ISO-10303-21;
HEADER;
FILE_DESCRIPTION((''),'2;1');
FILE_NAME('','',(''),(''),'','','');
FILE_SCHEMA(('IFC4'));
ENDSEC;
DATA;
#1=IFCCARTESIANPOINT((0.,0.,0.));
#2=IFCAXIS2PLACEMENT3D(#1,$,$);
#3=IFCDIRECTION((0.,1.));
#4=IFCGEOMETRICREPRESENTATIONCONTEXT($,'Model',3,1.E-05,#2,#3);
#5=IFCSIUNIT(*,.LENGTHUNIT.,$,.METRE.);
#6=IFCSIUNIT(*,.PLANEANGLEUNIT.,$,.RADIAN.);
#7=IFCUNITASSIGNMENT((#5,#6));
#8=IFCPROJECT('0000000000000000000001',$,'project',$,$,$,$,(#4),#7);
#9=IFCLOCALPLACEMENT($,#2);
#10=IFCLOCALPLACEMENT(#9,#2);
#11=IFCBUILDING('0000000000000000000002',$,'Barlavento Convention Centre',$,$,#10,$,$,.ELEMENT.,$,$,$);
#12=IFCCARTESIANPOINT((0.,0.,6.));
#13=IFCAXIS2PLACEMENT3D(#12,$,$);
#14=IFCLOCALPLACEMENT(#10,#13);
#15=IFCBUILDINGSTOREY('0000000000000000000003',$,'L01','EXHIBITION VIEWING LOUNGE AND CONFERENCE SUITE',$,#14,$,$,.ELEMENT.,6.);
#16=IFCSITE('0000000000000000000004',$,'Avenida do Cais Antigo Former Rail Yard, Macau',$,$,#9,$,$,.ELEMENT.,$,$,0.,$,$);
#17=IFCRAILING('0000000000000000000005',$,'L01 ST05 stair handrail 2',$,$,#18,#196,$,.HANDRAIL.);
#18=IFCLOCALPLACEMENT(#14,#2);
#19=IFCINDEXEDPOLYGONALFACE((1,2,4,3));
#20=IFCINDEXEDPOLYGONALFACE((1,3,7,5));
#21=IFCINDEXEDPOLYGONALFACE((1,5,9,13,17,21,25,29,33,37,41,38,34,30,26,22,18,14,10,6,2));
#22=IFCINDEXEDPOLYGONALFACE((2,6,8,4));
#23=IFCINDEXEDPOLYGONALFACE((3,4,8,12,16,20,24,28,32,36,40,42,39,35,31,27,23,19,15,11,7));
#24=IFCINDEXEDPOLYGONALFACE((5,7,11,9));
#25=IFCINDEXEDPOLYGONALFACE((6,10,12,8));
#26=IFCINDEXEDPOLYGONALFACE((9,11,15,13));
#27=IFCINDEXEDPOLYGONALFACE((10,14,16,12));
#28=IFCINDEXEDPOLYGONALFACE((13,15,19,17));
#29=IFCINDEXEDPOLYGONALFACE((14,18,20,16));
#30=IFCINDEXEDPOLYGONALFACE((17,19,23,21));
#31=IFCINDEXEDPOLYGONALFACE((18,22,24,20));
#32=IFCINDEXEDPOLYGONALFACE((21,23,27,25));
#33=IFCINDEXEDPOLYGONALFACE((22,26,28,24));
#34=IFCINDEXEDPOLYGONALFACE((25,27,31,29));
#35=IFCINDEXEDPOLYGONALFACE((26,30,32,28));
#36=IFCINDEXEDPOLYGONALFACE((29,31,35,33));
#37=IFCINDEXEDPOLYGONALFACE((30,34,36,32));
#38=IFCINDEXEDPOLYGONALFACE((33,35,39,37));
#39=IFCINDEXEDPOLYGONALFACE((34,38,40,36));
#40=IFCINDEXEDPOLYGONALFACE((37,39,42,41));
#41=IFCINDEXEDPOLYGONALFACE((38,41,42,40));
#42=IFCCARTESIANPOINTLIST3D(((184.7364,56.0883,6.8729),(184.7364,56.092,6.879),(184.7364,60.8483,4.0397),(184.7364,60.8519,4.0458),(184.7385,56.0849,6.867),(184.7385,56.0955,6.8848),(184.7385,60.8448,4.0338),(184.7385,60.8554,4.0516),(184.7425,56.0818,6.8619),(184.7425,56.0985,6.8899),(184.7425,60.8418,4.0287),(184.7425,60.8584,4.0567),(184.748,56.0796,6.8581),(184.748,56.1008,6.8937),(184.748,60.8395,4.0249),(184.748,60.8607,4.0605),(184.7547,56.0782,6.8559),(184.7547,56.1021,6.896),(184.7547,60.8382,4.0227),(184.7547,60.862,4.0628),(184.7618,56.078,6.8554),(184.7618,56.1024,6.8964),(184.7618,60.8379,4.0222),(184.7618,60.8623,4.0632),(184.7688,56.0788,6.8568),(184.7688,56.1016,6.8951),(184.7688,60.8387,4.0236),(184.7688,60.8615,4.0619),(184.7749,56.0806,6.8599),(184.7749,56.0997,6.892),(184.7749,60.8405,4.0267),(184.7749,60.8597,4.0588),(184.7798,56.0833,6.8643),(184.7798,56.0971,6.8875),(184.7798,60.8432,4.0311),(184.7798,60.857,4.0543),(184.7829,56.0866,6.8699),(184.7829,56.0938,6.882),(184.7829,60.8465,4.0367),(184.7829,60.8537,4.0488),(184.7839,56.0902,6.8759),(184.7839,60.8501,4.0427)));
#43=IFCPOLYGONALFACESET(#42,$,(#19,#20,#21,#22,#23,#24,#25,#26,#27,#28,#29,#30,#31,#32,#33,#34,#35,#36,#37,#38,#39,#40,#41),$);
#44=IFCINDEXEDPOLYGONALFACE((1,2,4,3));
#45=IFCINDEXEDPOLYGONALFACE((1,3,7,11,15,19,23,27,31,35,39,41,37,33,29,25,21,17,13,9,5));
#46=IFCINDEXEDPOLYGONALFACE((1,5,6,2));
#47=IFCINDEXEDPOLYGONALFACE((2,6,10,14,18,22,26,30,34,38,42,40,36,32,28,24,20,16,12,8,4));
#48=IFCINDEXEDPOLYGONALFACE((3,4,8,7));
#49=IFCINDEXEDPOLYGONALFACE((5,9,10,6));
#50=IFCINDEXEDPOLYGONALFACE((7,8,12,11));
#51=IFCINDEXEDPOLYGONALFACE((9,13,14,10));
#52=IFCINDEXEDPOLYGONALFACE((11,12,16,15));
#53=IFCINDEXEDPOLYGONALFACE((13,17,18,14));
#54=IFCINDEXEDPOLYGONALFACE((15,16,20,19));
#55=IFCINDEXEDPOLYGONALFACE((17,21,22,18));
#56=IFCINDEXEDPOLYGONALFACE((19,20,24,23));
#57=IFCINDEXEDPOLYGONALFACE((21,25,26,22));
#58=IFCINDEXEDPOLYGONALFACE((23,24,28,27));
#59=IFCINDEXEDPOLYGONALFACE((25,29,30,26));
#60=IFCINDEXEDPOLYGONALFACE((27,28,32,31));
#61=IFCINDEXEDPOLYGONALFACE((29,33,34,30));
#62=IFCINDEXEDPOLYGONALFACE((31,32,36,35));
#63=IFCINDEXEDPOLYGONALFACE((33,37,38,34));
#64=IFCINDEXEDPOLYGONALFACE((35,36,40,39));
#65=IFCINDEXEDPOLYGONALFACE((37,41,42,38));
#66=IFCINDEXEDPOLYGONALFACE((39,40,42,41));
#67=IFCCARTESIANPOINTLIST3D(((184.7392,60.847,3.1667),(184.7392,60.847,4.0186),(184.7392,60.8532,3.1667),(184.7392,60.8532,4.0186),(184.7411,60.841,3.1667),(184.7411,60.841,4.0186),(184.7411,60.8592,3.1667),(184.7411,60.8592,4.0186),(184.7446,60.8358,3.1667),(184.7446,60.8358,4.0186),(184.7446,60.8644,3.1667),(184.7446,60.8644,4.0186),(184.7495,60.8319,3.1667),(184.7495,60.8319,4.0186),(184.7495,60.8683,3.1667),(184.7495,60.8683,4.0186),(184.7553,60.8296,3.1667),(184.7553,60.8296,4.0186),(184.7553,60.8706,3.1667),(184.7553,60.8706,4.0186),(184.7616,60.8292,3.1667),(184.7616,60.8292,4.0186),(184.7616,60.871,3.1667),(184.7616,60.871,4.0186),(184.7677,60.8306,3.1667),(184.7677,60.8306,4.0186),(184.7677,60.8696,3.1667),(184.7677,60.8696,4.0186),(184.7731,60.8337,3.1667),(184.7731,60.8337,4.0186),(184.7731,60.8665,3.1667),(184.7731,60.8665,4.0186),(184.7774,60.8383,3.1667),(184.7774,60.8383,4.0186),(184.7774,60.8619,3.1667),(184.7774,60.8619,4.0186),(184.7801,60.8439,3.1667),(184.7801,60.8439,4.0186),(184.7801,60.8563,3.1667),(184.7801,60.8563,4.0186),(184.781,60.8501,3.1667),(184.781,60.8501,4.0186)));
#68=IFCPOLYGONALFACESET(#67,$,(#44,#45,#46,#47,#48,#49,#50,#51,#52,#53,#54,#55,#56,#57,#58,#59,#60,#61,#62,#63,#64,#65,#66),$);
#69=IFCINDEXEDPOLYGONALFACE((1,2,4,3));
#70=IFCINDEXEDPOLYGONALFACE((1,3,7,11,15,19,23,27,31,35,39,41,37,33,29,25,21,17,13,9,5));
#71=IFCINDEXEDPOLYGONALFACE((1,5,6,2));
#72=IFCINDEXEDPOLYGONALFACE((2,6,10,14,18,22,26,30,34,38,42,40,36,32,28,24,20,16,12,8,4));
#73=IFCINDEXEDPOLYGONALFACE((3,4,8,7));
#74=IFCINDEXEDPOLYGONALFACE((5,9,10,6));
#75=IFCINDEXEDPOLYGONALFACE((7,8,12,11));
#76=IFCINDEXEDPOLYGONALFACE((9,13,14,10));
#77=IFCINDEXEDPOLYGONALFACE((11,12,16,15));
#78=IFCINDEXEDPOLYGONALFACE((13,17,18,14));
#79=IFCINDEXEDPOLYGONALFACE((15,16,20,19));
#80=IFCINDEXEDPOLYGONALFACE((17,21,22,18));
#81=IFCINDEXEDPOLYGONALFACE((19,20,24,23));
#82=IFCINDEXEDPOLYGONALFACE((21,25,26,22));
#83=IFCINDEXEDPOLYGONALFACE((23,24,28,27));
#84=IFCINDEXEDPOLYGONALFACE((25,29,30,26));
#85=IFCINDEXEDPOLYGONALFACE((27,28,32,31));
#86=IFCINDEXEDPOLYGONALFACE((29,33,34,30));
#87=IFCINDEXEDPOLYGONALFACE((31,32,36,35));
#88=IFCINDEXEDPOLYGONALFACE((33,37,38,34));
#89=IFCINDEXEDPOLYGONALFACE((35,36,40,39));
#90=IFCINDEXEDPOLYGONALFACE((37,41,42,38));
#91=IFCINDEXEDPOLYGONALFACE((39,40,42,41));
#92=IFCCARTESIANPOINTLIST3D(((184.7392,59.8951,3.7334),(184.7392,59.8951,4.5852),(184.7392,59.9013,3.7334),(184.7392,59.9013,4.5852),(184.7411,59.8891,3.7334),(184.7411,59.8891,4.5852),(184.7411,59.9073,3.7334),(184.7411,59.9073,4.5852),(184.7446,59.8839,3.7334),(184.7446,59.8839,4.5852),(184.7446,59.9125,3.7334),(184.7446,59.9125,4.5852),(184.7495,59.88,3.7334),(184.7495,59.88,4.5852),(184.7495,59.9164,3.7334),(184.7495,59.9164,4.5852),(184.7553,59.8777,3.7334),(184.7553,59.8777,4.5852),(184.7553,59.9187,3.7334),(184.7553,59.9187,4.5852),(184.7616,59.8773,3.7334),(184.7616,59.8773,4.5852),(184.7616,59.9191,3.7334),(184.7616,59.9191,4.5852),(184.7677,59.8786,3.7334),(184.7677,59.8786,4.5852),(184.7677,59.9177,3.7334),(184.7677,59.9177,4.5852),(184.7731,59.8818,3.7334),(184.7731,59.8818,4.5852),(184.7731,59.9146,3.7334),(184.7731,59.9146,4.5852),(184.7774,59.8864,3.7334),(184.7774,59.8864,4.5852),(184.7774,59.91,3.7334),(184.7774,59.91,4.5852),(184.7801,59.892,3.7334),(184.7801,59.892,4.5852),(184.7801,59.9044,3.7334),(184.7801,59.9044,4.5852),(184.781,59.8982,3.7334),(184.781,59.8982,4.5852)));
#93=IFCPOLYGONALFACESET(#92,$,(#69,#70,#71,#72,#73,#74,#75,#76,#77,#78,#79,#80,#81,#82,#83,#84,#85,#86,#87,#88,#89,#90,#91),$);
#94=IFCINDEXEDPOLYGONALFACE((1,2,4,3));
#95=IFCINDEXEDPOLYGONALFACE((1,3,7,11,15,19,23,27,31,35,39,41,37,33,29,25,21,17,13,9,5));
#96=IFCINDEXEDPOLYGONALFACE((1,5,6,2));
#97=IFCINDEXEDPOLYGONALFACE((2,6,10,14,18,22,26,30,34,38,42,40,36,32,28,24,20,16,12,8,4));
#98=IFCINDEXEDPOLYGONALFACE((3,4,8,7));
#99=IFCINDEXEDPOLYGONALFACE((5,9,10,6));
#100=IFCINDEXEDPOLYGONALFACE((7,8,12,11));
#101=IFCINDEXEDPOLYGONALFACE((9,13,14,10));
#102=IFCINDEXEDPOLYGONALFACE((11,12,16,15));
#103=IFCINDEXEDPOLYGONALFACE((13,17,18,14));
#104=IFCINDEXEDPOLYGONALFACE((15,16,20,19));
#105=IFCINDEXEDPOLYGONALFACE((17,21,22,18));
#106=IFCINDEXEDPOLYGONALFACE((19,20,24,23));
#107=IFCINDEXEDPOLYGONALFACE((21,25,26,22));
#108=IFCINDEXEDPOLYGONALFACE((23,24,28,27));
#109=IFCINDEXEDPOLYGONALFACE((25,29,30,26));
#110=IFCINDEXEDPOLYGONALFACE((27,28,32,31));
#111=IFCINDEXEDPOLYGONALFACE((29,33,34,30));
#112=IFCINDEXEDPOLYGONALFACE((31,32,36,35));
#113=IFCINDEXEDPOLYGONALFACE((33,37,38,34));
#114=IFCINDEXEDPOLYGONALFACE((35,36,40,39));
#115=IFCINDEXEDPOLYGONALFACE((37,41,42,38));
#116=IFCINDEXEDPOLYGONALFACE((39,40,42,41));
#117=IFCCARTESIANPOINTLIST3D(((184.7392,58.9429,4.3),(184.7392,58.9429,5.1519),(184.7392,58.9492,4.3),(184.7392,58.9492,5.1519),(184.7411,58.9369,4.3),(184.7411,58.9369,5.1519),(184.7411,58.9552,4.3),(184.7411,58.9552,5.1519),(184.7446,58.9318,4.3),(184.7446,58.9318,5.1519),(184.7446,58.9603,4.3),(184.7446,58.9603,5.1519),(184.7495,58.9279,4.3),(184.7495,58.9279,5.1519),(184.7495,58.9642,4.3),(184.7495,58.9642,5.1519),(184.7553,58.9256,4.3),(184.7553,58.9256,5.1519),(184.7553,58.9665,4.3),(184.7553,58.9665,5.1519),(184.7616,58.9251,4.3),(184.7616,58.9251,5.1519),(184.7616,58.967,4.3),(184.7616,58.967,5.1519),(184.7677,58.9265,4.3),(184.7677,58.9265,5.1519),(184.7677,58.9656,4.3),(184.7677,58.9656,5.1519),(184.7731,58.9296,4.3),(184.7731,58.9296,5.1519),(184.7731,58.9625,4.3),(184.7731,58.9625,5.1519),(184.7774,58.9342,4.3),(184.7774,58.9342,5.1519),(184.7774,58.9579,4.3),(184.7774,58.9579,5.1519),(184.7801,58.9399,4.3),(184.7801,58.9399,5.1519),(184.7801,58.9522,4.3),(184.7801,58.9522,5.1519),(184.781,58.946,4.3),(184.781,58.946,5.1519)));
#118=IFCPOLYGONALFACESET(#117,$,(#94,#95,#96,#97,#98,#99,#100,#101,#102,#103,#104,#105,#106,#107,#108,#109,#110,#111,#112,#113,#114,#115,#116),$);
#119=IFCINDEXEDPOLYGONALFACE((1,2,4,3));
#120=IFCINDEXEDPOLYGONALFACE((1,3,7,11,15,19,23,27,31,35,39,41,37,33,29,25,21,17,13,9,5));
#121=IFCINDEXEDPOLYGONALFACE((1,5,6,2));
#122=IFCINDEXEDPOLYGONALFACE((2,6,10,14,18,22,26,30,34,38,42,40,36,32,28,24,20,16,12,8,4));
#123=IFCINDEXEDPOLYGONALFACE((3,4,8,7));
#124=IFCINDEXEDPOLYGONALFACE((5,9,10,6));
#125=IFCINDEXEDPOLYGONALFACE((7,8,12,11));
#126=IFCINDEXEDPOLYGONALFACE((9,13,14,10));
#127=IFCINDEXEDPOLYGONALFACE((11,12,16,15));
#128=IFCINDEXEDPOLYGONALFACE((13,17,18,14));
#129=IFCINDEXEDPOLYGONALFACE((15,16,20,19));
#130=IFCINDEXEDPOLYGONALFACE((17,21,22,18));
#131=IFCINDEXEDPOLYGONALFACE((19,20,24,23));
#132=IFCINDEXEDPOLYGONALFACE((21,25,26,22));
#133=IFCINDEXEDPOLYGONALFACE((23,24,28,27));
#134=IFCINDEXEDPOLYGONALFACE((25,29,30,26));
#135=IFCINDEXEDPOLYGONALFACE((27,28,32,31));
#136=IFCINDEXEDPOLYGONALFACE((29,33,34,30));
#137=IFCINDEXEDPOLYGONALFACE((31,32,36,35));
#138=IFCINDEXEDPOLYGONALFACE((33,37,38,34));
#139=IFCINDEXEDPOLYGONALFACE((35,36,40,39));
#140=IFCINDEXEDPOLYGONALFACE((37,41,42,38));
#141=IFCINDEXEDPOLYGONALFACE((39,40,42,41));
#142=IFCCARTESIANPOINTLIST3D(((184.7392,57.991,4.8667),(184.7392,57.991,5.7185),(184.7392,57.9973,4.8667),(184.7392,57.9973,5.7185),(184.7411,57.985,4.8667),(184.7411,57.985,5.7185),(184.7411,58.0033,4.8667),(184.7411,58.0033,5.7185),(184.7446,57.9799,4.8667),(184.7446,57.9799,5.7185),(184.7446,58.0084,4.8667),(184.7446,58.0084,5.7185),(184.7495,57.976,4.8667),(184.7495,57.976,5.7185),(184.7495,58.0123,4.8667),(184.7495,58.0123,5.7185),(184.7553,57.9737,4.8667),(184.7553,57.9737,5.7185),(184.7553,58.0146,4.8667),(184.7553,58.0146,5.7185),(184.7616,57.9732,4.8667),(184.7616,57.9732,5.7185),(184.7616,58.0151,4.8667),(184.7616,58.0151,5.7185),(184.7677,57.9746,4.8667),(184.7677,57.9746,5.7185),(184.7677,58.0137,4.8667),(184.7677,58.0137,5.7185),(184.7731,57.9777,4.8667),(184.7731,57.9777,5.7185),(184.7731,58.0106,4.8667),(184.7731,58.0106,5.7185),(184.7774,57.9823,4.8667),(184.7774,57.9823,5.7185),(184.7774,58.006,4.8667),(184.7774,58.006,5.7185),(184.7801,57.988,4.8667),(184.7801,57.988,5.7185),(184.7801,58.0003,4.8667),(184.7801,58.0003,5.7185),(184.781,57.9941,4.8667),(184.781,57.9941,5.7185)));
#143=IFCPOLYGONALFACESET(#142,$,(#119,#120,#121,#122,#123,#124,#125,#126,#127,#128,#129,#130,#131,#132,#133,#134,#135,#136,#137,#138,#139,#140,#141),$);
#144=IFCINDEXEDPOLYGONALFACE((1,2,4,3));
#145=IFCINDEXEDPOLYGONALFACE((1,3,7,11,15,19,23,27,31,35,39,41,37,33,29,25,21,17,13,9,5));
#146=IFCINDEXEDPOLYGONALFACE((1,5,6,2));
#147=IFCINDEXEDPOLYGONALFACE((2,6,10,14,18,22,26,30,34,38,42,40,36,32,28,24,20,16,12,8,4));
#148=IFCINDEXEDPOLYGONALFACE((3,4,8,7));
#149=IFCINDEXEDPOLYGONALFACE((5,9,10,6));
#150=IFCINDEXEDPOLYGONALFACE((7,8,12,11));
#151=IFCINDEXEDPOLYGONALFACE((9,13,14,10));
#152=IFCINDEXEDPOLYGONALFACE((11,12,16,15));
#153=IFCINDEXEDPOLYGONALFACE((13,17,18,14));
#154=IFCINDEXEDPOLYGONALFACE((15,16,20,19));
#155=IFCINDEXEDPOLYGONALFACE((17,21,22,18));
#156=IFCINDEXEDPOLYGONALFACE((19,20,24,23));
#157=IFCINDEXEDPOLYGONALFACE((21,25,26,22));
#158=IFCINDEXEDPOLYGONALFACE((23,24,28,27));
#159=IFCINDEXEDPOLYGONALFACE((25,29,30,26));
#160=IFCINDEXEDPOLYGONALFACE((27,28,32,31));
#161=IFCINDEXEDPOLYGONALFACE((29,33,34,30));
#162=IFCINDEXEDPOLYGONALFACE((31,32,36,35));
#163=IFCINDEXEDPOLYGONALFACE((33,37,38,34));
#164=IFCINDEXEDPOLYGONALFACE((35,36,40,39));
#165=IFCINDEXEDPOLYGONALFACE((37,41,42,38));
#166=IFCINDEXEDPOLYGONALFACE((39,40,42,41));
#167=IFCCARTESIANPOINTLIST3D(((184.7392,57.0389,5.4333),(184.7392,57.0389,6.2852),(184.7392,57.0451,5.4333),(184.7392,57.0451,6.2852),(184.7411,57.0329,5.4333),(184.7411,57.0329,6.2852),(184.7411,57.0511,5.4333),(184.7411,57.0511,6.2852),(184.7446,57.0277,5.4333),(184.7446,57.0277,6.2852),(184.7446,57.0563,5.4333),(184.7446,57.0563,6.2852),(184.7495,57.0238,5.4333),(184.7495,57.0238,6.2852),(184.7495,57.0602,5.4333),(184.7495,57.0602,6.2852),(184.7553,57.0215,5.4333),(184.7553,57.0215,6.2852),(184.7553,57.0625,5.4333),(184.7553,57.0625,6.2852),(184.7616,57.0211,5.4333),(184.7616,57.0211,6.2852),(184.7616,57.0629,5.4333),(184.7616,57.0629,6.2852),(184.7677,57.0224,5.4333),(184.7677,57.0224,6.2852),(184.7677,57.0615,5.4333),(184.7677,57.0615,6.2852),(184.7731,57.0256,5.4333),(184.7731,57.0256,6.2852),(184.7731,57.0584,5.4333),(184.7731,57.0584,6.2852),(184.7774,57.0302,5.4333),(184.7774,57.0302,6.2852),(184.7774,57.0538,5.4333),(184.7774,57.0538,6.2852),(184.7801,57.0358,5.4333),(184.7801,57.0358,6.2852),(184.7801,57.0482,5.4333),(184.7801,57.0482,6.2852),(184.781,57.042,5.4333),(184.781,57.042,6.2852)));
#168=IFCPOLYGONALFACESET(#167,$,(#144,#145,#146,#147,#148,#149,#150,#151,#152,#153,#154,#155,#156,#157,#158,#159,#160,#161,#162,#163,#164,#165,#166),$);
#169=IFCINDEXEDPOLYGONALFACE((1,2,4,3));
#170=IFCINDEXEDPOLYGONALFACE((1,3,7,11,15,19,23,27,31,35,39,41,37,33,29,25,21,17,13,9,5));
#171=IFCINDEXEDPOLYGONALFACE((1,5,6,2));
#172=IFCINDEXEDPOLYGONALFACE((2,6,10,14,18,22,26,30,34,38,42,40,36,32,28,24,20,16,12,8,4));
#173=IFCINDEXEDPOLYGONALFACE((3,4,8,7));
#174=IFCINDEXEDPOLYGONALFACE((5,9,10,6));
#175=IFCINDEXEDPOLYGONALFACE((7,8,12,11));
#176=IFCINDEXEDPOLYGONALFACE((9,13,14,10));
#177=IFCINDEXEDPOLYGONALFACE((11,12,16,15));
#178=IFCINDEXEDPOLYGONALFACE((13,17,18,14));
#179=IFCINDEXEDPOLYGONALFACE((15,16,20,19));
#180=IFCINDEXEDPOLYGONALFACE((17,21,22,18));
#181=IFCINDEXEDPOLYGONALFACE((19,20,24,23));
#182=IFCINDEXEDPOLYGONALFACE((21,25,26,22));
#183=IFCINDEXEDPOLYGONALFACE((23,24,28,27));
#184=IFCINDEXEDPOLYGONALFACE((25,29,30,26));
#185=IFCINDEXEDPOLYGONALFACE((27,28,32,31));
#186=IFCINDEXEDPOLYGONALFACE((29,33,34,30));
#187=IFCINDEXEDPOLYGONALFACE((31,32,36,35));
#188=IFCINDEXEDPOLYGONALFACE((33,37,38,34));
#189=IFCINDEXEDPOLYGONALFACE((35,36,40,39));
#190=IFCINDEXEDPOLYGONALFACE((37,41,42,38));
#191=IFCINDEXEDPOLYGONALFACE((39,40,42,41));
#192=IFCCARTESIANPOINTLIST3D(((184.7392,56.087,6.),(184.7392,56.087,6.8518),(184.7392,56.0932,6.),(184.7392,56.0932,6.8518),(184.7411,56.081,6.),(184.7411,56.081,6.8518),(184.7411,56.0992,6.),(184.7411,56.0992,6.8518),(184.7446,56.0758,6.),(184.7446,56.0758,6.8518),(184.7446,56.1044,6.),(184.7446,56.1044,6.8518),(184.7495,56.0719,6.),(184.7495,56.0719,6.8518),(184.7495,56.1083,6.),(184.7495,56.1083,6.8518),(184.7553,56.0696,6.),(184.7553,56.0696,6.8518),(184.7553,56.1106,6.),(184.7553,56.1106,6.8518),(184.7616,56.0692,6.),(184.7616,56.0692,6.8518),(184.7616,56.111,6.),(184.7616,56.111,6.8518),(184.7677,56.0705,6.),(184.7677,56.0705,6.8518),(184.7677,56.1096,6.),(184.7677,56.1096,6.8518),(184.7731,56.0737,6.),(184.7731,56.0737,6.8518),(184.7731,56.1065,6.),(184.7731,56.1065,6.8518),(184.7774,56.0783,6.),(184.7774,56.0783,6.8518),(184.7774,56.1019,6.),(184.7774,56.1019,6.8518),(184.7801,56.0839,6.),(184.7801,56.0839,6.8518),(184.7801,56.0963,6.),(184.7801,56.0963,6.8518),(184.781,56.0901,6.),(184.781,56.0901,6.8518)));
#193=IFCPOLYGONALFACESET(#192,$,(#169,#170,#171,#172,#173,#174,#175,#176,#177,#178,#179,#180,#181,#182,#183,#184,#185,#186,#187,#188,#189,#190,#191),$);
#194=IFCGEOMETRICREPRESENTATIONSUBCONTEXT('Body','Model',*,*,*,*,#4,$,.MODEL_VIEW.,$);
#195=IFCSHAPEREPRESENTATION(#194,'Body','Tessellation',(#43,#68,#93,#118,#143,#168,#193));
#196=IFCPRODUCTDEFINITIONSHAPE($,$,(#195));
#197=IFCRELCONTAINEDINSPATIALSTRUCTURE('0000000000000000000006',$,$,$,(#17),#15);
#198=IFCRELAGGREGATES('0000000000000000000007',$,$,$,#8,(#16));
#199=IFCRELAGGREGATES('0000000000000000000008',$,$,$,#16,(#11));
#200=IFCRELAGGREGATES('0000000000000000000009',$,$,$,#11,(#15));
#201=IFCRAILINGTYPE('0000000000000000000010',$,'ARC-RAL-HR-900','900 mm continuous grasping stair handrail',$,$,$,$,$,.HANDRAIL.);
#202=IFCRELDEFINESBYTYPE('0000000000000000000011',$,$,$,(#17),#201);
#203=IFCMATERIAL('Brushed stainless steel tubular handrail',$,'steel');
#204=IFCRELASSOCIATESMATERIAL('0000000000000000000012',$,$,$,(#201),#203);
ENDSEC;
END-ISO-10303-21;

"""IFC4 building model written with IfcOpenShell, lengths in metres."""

from ifc_helpers import new_model, si_unit, direction, frame, origin, origin_2d, place, context, subcontext, project, spatial, circle, extrude, material, type_object, element, save


model = new_model("IFC4")

# Units and contexts
model_context = context("Model", 3, precision=1e-05, world=origin(), true_north=direction((0.0, 1.0)))
body_context = subcontext(model_context, "Body", "Model", "MODEL_VIEW")
ifc_project = project(units=[si_unit("LENGTHUNIT", "METRE"), si_unit("PLANEANGLEUNIT", "RADIAN")], contexts=[model_context])

# Site, building, storey
site_placement = place(None, origin())
site = spatial("IfcSite", under=ifc_project, at=site_placement, Name="Avenida do Cais Antigo Former Rail Yard, Macau", CompositionType="ELEMENT", RefElevation=0.0)
building_placement = place(site_placement, origin())
building = spatial("IfcBuilding", under=site, at=building_placement, Name="Barlavento Convention Centre", CompositionType="ELEMENT")
storey_placement = place(building_placement, frame((0.0, 0.0, 6.0)))
storey = spatial("IfcBuildingStorey", under=building, at=storey_placement, Name="L01", Description="EXHIBITION VIEWING LOUNGE AND CONFERENCE SUITE", CompositionType="ELEMENT", Elevation=6.0)

# Railing
ifc_material_1 = material(Name="Brushed stainless steel tubular handrail", Category="steel")
railing_type_1 = type_object("IfcRailingType", Name="ARC-RAL-HR-900", Description="900 mm continuous grasping stair handrail", PredefinedType="HANDRAIL", material=ifc_material_1)
railing_1_placement = place(storey_placement, frame((184.76, 60.8501, 3.1667)))
element("IfcRailing", 1, at=railing_1_placement, inside=storey, type_object=railing_type_1, Name="L01 ST05 stair handrail 2", PredefinedType="HANDRAIL", context=body_context, shape_type="SweptSolid", body=[
    extrude(circle(Radius=0.0239, at=origin_2d()), frame((0.0, 0.0, 0.876), z_axis=(0.0, -0.8593, 0.511472), x_axis=(1.0, 0.0, 0.0)), (0.0, 0.0, 1.0), 5.5393),
    extrude(circle(Radius=0.021, at=origin_2d()), origin(), (0.0, 0.0, 1.0), 0.8518),
    extrude(circle(Radius=0.021, at=origin_2d()), frame((0.0, -0.9519, 0.5667)), (0.0, 0.0, 1.0), 0.8518),
    extrude(circle(Radius=0.021, at=origin_2d()), frame((0.0, -1.9041, 1.1333)), (0.0, 0.0, 1.0), 0.8518),
    extrude(circle(Radius=0.021, at=origin_2d()), frame((0.0, -2.856, 1.7)), (0.0, 0.0, 1.0), 0.8518),
    extrude(circle(Radius=0.021, at=origin_2d()), frame((0.0, -3.8081, 2.2666)), (0.0, 0.0, 1.0), 0.8518),
    extrude(circle(Radius=0.021, at=origin_2d()), frame((0.0, -4.76, 2.8333)), (0.0, 0.0, 1.0), 0.8518),
])

save(model, "model.ifc")
